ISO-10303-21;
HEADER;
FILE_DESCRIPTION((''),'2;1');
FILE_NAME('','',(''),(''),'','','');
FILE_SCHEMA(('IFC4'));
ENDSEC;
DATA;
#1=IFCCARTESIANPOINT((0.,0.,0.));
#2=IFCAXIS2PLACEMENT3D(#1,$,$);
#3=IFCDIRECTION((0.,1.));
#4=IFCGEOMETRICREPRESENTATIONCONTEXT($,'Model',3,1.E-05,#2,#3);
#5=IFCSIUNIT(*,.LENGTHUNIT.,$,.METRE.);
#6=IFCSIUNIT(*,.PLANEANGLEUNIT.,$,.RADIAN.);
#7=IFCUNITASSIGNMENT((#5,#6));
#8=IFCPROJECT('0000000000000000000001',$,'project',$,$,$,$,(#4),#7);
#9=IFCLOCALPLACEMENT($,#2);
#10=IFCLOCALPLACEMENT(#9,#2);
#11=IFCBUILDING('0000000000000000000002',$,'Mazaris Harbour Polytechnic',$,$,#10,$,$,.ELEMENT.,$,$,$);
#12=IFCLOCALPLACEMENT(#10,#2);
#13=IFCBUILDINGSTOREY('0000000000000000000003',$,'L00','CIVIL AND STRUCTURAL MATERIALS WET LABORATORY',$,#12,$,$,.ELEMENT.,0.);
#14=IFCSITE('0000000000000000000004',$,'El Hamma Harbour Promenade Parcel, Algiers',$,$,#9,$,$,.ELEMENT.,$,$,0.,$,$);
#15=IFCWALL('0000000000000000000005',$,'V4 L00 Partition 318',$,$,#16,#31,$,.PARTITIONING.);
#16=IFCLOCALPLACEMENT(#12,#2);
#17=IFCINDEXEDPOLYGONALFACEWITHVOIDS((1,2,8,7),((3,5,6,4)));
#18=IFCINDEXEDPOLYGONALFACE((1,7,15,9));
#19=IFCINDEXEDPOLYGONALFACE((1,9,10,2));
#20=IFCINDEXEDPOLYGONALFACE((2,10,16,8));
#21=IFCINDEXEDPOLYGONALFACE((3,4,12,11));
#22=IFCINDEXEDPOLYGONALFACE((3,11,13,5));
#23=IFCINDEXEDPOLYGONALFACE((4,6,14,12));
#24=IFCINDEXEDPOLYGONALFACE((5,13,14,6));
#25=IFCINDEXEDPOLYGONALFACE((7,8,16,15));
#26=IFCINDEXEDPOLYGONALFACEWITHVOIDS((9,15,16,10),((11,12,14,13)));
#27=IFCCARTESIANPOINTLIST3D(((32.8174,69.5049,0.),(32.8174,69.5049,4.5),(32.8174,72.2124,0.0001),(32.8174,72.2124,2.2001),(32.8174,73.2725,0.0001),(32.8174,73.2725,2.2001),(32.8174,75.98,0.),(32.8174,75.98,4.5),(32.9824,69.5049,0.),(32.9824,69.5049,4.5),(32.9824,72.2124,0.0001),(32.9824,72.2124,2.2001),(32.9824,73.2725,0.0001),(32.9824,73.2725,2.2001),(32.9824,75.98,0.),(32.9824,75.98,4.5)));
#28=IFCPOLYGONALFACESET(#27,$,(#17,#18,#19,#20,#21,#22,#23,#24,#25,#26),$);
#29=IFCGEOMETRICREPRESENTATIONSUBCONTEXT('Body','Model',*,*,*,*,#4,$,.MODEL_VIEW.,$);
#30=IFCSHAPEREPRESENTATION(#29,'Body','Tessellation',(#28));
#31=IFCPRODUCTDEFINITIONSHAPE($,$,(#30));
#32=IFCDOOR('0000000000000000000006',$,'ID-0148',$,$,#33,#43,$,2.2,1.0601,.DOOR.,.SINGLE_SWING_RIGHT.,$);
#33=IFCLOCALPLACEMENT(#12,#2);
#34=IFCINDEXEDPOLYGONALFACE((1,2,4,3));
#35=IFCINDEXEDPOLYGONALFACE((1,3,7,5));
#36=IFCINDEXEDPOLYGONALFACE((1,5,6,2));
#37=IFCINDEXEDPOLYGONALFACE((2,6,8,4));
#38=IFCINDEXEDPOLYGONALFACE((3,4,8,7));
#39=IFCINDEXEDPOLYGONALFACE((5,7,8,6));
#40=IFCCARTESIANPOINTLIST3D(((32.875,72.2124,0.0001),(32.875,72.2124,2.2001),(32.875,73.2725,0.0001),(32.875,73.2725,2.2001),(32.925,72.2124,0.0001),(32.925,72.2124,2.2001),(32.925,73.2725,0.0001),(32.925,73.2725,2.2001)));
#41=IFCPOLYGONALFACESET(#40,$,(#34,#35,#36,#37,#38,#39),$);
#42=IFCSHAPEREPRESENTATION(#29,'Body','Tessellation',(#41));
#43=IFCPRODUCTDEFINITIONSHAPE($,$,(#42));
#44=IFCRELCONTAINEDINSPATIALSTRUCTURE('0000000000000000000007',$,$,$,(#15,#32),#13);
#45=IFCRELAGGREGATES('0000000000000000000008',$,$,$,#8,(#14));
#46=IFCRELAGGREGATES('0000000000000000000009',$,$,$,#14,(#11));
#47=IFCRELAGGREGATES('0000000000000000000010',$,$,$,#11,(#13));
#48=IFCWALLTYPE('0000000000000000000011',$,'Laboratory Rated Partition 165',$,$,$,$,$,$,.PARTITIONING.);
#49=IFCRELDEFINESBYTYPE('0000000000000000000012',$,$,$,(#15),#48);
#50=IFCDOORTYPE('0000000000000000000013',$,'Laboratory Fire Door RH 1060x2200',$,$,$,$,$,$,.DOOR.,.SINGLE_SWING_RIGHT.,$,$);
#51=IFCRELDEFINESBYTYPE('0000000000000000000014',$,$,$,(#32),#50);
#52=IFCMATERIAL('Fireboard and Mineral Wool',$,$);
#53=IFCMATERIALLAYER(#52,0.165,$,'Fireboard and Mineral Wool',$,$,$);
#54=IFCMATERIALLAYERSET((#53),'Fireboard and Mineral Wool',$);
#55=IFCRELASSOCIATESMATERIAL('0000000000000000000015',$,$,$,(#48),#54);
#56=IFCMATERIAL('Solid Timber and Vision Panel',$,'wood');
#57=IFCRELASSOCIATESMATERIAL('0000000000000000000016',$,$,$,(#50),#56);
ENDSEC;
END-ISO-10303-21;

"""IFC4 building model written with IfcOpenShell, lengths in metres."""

from ifc_helpers import new_model, si_unit, direction, frame, frame_2d, origin, place, context, subcontext, project, spatial, rectangle, extrude, material, layer, layer_set, type_object, element, fill, save


model = new_model("IFC4")

# Units and contexts
model_context = context("Model", 3, precision=1e-05, world=origin(), true_north=direction((0.0, 1.0)))
body_context = subcontext(model_context, "Body", "Model", "MODEL_VIEW")
ifc_project = project(units=[si_unit("LENGTHUNIT", "METRE"), si_unit("PLANEANGLEUNIT", "RADIAN")], contexts=[model_context])

# Site, building, storey
site_placement = place(None, origin())
site = spatial("IfcSite", under=ifc_project, at=site_placement, Name="El Hamma Harbour Promenade Parcel, Algiers", CompositionType="ELEMENT", RefElevation=0.0)
building_placement = place(site_placement, origin())
building = spatial("IfcBuilding", under=site, at=building_placement, Name="Mazaris Harbour Polytechnic", CompositionType="ELEMENT")
storey_placement = place(building_placement, origin())
storey = spatial("IfcBuildingStorey", under=building, at=storey_placement, Name="L00", Description="CIVIL AND STRUCTURAL MATERIALS WET LABORATORY", CompositionType="ELEMENT", Elevation=0.0)

# Wall, opening, door
ifc_material_1 = material(Name="Fireboard and Mineral Wool")
ifc_layer_1 = layer(ifc_material_1, 0.165, Name="Fireboard and Mineral Wool")
ifc_layer_set_1 = layer_set([ifc_layer_1], Name="Fireboard and Mineral Wool")
wall_type_1 = type_object("IfcWallType", Name="Laboratory Rated Partition 165", PredefinedType="PARTITIONING", material=ifc_layer_set_1)
wall_1_placement = place(storey_placement, frame((32.8999, 69.5049, 0.0), z_axis=(0.0, 0.0, 1.0), x_axis=(0.0, 1.0, 0.0)))
wall_1 = element("IfcWall", 1, at=wall_1_placement, inside=storey, type_object=wall_type_1, Name="V4 L00 Partition 318", PredefinedType="PARTITIONING", context=body_context, shape_type="SweptSolid", body=[
    extrude(rectangle(XDim=6.4751, YDim=0.165, at=frame_2d((3.2375, 0.0))), origin(), (0.0, 0.0, 1.0), 4.5),
])
opening_placement = place(wall_1_placement, frame((2.7075, 0.0, 0.0)))
opening = element("IfcOpeningElement", 2, at=opening_placement, cuts=wall_1, PredefinedType="OPENING", context=body_context, shape_type="SweptSolid", body=[
    extrude(rectangle(XDim=1.0601, YDim=2.2, at=frame_2d((0.53, 1.1001))), frame((0.0, 0.0925, 0.0), z_axis=(0.0, -1.0, 0.0), x_axis=(1.0, 0.0, 0.0)), (0.0, 0.0, 1.0), 0.1851),
])
ifc_material_2 = material(Name="Solid Timber and Vision Panel", Category="wood")
door_type = type_object("IfcDoorType", Name="Laboratory Fire Door RH 1060x2200", OperationType="SINGLE_SWING_RIGHT", PredefinedType="DOOR", material=ifc_material_2)
door_placement = place(opening_placement, origin())
door = element("IfcDoor", 3, at=door_placement, inside=storey, type_object=door_type, Name="ID-0148", OperationType="SINGLE_SWING_RIGHT", OverallHeight=2.2, OverallWidth=1.0601, PredefinedType="DOOR", context=body_context, shape_type="SweptSolid", body=[
    extrude(rectangle(XDim=1.0601, YDim=2.2, at=frame_2d((0.53, 1.1001))), frame((0.0, 0.0249, 0.0), z_axis=(0.0, -1.0, 0.0), x_axis=(1.0, 0.0, 0.0)), (0.0, 0.0, 1.0), 0.05),
])
fill(opening, door)

save(model, "model.ifc")
